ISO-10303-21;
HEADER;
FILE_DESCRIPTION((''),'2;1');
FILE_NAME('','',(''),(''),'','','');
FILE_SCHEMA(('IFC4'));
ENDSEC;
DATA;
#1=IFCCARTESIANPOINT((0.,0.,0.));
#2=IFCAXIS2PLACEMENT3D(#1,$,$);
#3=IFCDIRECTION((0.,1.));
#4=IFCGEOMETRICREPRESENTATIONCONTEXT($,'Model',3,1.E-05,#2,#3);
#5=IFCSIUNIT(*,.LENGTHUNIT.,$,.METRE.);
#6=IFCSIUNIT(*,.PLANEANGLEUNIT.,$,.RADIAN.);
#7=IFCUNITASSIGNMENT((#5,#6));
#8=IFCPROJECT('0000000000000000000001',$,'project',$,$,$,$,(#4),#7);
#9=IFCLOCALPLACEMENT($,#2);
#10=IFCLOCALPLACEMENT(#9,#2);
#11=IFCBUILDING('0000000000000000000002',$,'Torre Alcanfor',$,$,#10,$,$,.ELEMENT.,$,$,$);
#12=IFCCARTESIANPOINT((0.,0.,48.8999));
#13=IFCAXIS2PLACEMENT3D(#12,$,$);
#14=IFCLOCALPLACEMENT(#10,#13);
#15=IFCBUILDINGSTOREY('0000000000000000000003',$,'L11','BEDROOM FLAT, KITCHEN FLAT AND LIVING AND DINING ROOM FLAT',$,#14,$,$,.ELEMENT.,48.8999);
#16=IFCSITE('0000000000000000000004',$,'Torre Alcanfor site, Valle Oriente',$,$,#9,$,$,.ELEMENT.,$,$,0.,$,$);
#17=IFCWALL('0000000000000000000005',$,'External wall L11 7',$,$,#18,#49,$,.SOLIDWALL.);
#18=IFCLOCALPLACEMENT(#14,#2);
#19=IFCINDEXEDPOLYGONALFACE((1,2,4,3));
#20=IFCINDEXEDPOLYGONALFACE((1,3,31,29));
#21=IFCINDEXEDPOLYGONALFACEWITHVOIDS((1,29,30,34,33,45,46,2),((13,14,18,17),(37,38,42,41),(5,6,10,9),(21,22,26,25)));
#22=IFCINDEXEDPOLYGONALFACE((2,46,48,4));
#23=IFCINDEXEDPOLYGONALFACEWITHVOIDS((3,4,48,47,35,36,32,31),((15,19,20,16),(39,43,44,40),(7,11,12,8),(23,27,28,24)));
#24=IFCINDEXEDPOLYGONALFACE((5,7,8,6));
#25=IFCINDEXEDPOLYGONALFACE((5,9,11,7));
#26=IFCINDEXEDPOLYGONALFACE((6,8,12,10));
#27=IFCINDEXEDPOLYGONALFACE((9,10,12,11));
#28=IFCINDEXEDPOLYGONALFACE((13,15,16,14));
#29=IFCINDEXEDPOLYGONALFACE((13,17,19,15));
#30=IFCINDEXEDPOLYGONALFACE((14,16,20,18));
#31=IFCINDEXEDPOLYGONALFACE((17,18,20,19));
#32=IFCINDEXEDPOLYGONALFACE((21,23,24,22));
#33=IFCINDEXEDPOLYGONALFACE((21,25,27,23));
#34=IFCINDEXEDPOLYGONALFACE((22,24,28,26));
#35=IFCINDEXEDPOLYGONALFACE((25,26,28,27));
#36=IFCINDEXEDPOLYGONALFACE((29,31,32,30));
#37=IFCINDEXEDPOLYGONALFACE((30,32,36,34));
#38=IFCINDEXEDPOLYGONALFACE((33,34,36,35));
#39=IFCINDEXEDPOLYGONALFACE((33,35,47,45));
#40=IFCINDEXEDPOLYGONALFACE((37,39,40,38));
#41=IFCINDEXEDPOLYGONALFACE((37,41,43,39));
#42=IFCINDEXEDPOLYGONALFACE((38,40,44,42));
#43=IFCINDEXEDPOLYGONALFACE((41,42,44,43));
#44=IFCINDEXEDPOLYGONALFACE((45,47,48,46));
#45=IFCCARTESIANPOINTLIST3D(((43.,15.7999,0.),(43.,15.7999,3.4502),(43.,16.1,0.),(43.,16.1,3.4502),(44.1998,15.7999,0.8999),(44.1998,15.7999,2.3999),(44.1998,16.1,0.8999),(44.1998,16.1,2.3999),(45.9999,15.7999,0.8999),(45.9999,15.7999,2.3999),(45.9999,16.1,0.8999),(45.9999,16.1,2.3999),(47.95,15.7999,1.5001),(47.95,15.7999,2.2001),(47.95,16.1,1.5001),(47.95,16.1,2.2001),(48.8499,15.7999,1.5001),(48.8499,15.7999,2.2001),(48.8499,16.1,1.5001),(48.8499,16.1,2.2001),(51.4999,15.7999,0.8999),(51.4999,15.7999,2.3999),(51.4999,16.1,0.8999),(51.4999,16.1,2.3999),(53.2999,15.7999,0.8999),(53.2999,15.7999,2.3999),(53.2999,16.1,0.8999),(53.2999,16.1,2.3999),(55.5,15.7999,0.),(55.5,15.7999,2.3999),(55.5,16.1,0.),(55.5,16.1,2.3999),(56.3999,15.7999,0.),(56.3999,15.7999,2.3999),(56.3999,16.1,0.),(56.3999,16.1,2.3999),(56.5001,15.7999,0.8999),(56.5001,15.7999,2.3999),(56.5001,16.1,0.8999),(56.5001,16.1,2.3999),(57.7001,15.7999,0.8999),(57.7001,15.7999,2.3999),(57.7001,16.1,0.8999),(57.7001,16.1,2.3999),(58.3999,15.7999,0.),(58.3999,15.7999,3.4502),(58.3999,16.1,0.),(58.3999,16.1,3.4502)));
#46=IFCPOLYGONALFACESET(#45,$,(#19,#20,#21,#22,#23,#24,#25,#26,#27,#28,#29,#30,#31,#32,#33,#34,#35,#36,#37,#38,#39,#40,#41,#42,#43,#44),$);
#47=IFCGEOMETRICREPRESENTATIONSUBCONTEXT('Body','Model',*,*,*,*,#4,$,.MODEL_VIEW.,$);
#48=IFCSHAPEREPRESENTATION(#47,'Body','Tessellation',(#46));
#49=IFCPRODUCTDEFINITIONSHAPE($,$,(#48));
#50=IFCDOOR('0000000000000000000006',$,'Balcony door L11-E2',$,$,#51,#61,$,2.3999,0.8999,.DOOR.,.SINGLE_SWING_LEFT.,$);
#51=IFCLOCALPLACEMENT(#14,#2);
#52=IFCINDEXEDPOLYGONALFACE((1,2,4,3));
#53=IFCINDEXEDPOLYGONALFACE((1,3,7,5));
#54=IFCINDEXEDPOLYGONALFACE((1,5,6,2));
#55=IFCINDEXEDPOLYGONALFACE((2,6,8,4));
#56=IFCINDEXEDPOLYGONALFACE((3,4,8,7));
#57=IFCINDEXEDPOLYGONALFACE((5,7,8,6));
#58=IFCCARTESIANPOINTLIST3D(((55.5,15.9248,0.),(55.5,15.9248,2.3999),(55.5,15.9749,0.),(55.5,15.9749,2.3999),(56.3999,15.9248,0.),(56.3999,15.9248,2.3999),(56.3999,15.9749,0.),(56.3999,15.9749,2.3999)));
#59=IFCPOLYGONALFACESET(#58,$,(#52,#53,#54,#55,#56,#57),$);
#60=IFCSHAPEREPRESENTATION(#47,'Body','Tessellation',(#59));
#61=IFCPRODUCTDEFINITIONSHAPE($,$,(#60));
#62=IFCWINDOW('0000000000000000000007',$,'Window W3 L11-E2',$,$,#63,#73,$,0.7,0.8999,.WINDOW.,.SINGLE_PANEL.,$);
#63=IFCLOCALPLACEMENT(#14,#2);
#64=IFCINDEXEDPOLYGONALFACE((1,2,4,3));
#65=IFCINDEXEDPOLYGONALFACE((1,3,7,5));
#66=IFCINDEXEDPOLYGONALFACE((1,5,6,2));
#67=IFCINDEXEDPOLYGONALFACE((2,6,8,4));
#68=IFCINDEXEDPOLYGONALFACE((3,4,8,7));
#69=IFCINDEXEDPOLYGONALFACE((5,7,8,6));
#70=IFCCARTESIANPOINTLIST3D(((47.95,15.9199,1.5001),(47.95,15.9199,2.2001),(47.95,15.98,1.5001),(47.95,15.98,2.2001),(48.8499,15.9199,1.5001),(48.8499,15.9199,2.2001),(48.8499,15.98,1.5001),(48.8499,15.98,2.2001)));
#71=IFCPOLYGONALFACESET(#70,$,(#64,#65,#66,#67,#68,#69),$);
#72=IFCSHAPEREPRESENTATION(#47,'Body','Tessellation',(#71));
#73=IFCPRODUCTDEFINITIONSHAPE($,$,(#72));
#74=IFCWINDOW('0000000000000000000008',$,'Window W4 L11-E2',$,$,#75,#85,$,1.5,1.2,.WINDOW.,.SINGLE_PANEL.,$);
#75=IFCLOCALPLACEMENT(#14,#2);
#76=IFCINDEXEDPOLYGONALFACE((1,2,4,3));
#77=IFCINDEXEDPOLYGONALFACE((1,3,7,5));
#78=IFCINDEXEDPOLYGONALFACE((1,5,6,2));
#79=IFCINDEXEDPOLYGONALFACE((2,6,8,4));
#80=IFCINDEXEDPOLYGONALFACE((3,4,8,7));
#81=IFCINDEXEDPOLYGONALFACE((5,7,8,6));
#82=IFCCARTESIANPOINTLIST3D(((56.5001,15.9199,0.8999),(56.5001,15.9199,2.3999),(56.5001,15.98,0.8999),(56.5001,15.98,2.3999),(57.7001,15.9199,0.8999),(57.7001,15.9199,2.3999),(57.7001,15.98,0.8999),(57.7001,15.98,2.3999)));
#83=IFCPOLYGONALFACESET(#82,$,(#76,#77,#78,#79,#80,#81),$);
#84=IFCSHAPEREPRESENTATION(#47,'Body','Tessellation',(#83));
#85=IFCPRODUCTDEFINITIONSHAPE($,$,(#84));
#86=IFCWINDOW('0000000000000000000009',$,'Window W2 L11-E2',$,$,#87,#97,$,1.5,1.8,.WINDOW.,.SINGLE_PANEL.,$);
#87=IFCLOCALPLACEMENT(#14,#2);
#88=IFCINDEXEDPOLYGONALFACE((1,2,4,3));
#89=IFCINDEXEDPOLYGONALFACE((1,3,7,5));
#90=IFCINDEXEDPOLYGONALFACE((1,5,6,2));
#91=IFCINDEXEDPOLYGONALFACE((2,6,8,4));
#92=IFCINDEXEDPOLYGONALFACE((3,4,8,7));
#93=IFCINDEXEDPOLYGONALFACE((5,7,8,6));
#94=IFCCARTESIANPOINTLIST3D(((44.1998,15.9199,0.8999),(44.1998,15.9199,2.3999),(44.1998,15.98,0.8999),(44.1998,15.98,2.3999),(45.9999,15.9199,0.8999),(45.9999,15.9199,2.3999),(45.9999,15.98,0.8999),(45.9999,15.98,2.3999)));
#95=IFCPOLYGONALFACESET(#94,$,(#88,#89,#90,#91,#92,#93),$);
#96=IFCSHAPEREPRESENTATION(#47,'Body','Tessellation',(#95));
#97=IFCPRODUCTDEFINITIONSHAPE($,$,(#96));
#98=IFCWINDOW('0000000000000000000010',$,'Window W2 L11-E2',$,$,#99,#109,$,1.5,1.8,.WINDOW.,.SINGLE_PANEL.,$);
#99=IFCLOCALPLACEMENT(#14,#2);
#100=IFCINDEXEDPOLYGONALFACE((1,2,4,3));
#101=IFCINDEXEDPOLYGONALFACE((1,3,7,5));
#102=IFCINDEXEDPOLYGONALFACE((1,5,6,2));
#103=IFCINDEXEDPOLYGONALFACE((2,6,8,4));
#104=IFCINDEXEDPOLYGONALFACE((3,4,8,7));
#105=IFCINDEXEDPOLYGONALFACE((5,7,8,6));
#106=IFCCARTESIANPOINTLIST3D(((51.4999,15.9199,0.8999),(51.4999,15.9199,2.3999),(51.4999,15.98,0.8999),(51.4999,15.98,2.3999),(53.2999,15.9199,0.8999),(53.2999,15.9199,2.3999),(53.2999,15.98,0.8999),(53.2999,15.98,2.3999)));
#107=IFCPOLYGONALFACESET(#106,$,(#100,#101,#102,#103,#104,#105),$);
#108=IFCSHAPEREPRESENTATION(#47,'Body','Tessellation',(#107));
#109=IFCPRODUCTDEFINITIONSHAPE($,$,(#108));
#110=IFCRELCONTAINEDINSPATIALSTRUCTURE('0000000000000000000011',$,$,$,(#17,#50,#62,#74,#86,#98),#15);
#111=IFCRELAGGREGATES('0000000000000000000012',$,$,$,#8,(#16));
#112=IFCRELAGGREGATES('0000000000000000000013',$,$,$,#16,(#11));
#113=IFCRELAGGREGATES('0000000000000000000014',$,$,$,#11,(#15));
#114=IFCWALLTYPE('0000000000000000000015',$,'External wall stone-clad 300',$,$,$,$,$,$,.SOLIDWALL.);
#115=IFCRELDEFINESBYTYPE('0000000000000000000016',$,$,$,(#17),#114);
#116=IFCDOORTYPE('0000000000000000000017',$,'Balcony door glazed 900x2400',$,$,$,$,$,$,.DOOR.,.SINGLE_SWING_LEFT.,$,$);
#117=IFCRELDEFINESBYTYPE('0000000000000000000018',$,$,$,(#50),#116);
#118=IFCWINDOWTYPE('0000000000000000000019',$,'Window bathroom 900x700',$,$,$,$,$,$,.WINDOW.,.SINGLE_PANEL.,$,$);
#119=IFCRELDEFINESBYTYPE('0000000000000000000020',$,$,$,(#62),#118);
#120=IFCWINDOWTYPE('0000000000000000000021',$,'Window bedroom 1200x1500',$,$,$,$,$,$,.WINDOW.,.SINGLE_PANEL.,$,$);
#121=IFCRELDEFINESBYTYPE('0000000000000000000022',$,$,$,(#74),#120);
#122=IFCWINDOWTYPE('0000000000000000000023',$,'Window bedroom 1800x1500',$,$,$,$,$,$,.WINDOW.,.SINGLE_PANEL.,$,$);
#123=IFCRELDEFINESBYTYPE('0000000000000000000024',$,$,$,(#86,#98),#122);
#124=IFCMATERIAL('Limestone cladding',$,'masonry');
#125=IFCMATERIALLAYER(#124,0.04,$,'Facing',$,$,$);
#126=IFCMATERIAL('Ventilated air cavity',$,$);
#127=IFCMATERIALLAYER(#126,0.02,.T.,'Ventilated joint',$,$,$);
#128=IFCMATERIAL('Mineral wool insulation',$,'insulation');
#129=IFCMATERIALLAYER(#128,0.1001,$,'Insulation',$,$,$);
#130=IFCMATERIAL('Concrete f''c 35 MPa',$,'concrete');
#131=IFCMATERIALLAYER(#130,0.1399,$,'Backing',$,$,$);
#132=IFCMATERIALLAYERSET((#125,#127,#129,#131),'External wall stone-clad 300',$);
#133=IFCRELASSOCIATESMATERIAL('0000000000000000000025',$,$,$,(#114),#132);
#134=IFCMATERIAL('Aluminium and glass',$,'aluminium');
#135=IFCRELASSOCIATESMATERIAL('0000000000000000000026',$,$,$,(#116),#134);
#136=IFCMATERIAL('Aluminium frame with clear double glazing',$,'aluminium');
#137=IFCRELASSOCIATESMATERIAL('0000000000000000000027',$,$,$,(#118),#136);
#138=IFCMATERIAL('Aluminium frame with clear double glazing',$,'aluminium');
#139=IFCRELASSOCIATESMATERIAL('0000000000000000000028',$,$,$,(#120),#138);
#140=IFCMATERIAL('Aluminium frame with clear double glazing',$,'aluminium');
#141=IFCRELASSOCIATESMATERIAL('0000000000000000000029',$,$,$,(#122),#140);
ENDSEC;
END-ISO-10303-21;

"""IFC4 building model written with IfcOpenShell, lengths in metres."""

from ifc_helpers import new_model, si_unit, direction, frame, frame_2d, origin, place, context, subcontext, project, spatial, rectangle, extrude, material, layer, layer_set, type_object, element, fill, save


model = new_model("IFC4")

# Units and contexts
model_context = context("Model", 3, precision=1e-05, world=origin(), true_north=direction((0.0, 1.0)))
body_context = subcontext(model_context, "Body", "Model", "MODEL_VIEW")
ifc_project = project(units=[si_unit("LENGTHUNIT", "METRE"), si_unit("PLANEANGLEUNIT", "RADIAN")], contexts=[model_context])

# Site, building, storey
site_placement = place(None, origin())
site = spatial("IfcSite", under=ifc_project, at=site_placement, Name="Torre Alcanfor site, Valle Oriente", CompositionType="ELEMENT", RefElevation=0.0)
building_placement = place(site_placement, origin())
building = spatial("IfcBuilding", under=site, at=building_placement, Name="Torre Alcanfor", CompositionType="ELEMENT")
storey_placement = place(building_placement, frame((0.0, 0.0, 48.8999)))
storey = spatial("IfcBuildingStorey", under=building, at=storey_placement, Name="L11", Description="BEDROOM FLAT, KITCHEN FLAT AND LIVING AND DINING ROOM FLAT", CompositionType="ELEMENT", Elevation=48.8999)

# Wall, openings, door, windows
ifc_material_1 = material(Name="Limestone cladding", Category="masonry")
ifc_layer_1 = layer(ifc_material_1, 0.04, Name="Facing")
ifc_material_2 = material(Name="Ventilated air cavity")
ifc_layer_2 = layer(ifc_material_2, 0.02, ventilated=True, Name="Ventilated joint")
ifc_material_3 = material(Name="Mineral wool insulation", Category="insulation")
ifc_layer_3 = layer(ifc_material_3, 0.1001, Name="Insulation")
ifc_material_4 = material(Name="Concrete f'c 35 MPa", Category="concrete")
ifc_layer_4 = layer(ifc_material_4, 0.1399, Name="Backing")
ifc_layer_set_1 = layer_set([ifc_layer_1, ifc_layer_2, ifc_layer_3, ifc_layer_4], Name="External wall stone-clad 300")
wall_type_1 = type_object("IfcWallType", Name="External wall stone-clad 300", PredefinedType="SOLIDWALL", material=ifc_layer_set_1)
ifc_material_5 = material(Name="Aluminium and glass", Category="aluminium")
door_type = type_object("IfcDoorType", Name="Balcony door glazed 900x2400", OperationType="SINGLE_SWING_LEFT", PredefinedType="DOOR", material=ifc_material_5)
ifc_material_6 = material(Name="Aluminium frame with clear double glazing", Category="aluminium")
window_type_1 = type_object("IfcWindowType", Name="Window bathroom 900x700", PartitioningType="SINGLE_PANEL", PredefinedType="WINDOW", material=ifc_material_6)
ifc_material_7 = material(Name="Aluminium frame with clear double glazing", Category="aluminium")
window_type_2 = type_object("IfcWindowType", Name="Window bedroom 1200x1500", PartitioningType="SINGLE_PANEL", PredefinedType="WINDOW", material=ifc_material_7)
ifc_material_8 = material(Name="Aluminium frame with clear double glazing", Category="aluminium")
window_type_3 = type_object("IfcWindowType", Name="Window bedroom 1800x1500", PartitioningType="SINGLE_PANEL", PredefinedType="WINDOW", material=ifc_material_8)
wall_1_placement = place(storey_placement, frame((43.0, 15.95, 0.0), z_axis=(0.0, 0.0, 1.0), x_axis=(1.0, 0.0, 0.0)))
wall_1 = element("IfcWall", 1, at=wall_1_placement, inside=storey, type_object=wall_type_1, Name="External wall L11 7", PredefinedType="SOLIDWALL", context=body_context, shape_type="SweptSolid", body=[
    extrude(rectangle(XDim=15.3999, YDim=0.3, at=frame_2d((7.7, 0.0))), origin(), (0.0, 0.0, 1.0), 3.4502),
])
opening_1_placement = place(wall_1_placement, frame((1.2, 0.0, 0.8999)))
opening_1 = element("IfcOpeningElement", 2, at=opening_1_placement, cuts=wall_1, PredefinedType="OPENING", context=body_context, shape_type="SweptSolid", body=[
    extrude(rectangle(XDim=1.8, YDim=1.5, at=frame_2d((0.8999, 0.75))), frame((0.0, 0.1599, 0.0), z_axis=(0.0, -1.0, 0.0), x_axis=(1.0, 0.0, 0.0)), (0.0, 0.0, 1.0), 0.3201),
])
opening_2_placement = place(wall_1_placement, frame((4.95, 0.0, 1.5)))
opening_2 = element("IfcOpeningElement", 3, at=opening_2_placement, cuts=wall_1, PredefinedType="OPENING", context=body_context, shape_type="SweptSolid", body=[
    extrude(rectangle(XDim=0.8999, YDim=0.7, at=frame_2d((0.45, 0.3501))), frame((0.0, 0.1599, 0.0), z_axis=(0.0, -1.0, 0.0), x_axis=(1.0, 0.0, 0.0)), (0.0, 0.0, 1.0), 0.3201),
])
opening_3_placement = place(wall_1_placement, frame((8.5, 0.0, 0.8999)))
opening_3 = element("IfcOpeningElement", 4, at=opening_3_placement, cuts=wall_1, PredefinedType="OPENING", context=body_context, shape_type="SweptSolid", body=[
    extrude(rectangle(XDim=1.8, YDim=1.5, at=frame_2d((0.8999, 0.75))), frame((0.0, 0.1599, 0.0), z_axis=(0.0, -1.0, 0.0), x_axis=(1.0, 0.0, 0.0)), (0.0, 0.0, 1.0), 0.3201),
])
opening_4_placement = place(wall_1_placement, frame((12.5, 0.0, 0.0)))
opening_4 = element("IfcOpeningElement", 5, at=opening_4_placement, cuts=wall_1, PredefinedType="OPENING", context=body_context, shape_type="SweptSolid", body=[
    extrude(rectangle(XDim=0.8999, YDim=2.3999, at=frame_2d((0.45, 1.2))), frame((0.0, 0.1599, 0.0), z_axis=(0.0, -1.0, 0.0), x_axis=(1.0, 0.0, 0.0)), (0.0, 0.0, 1.0), 0.3201),
])
opening_5_placement = place(wall_1_placement, frame((13.5, 0.0, 0.8999)))
opening_5 = element("IfcOpeningElement", 6, at=opening_5_placement, cuts=wall_1, PredefinedType="OPENING", context=body_context, shape_type="SweptSolid", body=[
    extrude(rectangle(XDim=1.2, YDim=1.5, at=frame_2d((0.6001, 0.75))), frame((0.0, 0.1599, 0.0), z_axis=(0.0, -1.0, 0.0), x_axis=(1.0, 0.0, 0.0)), (0.0, 0.0, 1.0), 0.3201),
])
door_1_placement = place(opening_4_placement, origin())
door_1 = element("IfcDoor", 7, at=door_1_placement, inside=storey, type_object=door_type, Name="Balcony door L11-E2", OperationType="SINGLE_SWING_LEFT", OverallHeight=2.3999, OverallWidth=0.8999, PredefinedType="DOOR", context=body_context, shape_type="SweptSolid", body=[
    extrude(rectangle(XDim=0.8999, YDim=2.3999, at=frame_2d((0.45, 1.2))), frame((0.0, 0.0249, 0.0), z_axis=(0.0, -1.0, 0.0), x_axis=(1.0, 0.0, 0.0)), (0.0, 0.0, 1.0), 0.05),
])
fill(opening_4, door_1)
window_1_placement = place(opening_2_placement, origin())
window_1 = element("IfcWindow", 8, at=window_1_placement, inside=storey, type_object=window_type_1, Name="Window W3 L11-E2", OverallHeight=0.7, OverallWidth=0.8999, PartitioningType="SINGLE_PANEL", PredefinedType="WINDOW", context=body_context, shape_type="SweptSolid", body=[
    extrude(rectangle(XDim=0.8999, YDim=0.7, at=frame_2d((0.45, 0.3501))), frame((0.0, 0.03, 0.0), z_axis=(0.0, -1.0, 0.0), x_axis=(1.0, 0.0, 0.0)), (0.0, 0.0, 1.0), 0.0601),
])
fill(opening_2, window_1)
window_2_placement = place(opening_5_placement, origin())
window_2 = element("IfcWindow", 9, at=window_2_placement, inside=storey, type_object=window_type_2, Name="Window W4 L11-E2", OverallHeight=1.5, OverallWidth=1.2, PartitioningType="SINGLE_PANEL", PredefinedType="WINDOW", context=body_context, shape_type="SweptSolid", body=[
    extrude(rectangle(XDim=1.2, YDim=1.5, at=frame_2d((0.6001, 0.75))), frame((0.0, 0.03, 0.0), z_axis=(0.0, -1.0, 0.0), x_axis=(1.0, 0.0, 0.0)), (0.0, 0.0, 1.0), 0.0601),
])
fill(opening_5, window_2)
window_3_placement = place(opening_1_placement, origin())
window_3 = element("IfcWindow", 10, at=window_3_placement, inside=storey, type_object=window_type_3, Name="Window W2 L11-E2", OverallHeight=1.5, OverallWidth=1.8, PartitioningType="SINGLE_PANEL", PredefinedType="WINDOW", context=body_context, shape_type="SweptSolid", body=[
    extrude(rectangle(XDim=1.8, YDim=1.5, at=frame_2d((0.8999, 0.75))), frame((0.0, 0.03, 0.0), z_axis=(0.0, -1.0, 0.0), x_axis=(1.0, 0.0, 0.0)), (0.0, 0.0, 1.0), 0.0601),
])
fill(opening_1, window_3)
window_4_placement = place(opening_3_placement, origin())
window_4 = element("IfcWindow", 11, at=window_4_placement, inside=storey, type_object=window_type_3, Name="Window W2 L11-E2", OverallHeight=1.5, OverallWidth=1.8, PartitioningType="SINGLE_PANEL", PredefinedType="WINDOW", context=body_context, shape_type="SweptSolid", body=[
    extrude(rectangle(XDim=1.8, YDim=1.5, at=frame_2d((0.8999, 0.75))), frame((0.0, 0.03, 0.0), z_axis=(0.0, -1.0, 0.0), x_axis=(1.0, 0.0, 0.0)), (0.0, 0.0, 1.0), 0.0601),
])
fill(opening_3, window_4)

save(model, "model.ifc")
